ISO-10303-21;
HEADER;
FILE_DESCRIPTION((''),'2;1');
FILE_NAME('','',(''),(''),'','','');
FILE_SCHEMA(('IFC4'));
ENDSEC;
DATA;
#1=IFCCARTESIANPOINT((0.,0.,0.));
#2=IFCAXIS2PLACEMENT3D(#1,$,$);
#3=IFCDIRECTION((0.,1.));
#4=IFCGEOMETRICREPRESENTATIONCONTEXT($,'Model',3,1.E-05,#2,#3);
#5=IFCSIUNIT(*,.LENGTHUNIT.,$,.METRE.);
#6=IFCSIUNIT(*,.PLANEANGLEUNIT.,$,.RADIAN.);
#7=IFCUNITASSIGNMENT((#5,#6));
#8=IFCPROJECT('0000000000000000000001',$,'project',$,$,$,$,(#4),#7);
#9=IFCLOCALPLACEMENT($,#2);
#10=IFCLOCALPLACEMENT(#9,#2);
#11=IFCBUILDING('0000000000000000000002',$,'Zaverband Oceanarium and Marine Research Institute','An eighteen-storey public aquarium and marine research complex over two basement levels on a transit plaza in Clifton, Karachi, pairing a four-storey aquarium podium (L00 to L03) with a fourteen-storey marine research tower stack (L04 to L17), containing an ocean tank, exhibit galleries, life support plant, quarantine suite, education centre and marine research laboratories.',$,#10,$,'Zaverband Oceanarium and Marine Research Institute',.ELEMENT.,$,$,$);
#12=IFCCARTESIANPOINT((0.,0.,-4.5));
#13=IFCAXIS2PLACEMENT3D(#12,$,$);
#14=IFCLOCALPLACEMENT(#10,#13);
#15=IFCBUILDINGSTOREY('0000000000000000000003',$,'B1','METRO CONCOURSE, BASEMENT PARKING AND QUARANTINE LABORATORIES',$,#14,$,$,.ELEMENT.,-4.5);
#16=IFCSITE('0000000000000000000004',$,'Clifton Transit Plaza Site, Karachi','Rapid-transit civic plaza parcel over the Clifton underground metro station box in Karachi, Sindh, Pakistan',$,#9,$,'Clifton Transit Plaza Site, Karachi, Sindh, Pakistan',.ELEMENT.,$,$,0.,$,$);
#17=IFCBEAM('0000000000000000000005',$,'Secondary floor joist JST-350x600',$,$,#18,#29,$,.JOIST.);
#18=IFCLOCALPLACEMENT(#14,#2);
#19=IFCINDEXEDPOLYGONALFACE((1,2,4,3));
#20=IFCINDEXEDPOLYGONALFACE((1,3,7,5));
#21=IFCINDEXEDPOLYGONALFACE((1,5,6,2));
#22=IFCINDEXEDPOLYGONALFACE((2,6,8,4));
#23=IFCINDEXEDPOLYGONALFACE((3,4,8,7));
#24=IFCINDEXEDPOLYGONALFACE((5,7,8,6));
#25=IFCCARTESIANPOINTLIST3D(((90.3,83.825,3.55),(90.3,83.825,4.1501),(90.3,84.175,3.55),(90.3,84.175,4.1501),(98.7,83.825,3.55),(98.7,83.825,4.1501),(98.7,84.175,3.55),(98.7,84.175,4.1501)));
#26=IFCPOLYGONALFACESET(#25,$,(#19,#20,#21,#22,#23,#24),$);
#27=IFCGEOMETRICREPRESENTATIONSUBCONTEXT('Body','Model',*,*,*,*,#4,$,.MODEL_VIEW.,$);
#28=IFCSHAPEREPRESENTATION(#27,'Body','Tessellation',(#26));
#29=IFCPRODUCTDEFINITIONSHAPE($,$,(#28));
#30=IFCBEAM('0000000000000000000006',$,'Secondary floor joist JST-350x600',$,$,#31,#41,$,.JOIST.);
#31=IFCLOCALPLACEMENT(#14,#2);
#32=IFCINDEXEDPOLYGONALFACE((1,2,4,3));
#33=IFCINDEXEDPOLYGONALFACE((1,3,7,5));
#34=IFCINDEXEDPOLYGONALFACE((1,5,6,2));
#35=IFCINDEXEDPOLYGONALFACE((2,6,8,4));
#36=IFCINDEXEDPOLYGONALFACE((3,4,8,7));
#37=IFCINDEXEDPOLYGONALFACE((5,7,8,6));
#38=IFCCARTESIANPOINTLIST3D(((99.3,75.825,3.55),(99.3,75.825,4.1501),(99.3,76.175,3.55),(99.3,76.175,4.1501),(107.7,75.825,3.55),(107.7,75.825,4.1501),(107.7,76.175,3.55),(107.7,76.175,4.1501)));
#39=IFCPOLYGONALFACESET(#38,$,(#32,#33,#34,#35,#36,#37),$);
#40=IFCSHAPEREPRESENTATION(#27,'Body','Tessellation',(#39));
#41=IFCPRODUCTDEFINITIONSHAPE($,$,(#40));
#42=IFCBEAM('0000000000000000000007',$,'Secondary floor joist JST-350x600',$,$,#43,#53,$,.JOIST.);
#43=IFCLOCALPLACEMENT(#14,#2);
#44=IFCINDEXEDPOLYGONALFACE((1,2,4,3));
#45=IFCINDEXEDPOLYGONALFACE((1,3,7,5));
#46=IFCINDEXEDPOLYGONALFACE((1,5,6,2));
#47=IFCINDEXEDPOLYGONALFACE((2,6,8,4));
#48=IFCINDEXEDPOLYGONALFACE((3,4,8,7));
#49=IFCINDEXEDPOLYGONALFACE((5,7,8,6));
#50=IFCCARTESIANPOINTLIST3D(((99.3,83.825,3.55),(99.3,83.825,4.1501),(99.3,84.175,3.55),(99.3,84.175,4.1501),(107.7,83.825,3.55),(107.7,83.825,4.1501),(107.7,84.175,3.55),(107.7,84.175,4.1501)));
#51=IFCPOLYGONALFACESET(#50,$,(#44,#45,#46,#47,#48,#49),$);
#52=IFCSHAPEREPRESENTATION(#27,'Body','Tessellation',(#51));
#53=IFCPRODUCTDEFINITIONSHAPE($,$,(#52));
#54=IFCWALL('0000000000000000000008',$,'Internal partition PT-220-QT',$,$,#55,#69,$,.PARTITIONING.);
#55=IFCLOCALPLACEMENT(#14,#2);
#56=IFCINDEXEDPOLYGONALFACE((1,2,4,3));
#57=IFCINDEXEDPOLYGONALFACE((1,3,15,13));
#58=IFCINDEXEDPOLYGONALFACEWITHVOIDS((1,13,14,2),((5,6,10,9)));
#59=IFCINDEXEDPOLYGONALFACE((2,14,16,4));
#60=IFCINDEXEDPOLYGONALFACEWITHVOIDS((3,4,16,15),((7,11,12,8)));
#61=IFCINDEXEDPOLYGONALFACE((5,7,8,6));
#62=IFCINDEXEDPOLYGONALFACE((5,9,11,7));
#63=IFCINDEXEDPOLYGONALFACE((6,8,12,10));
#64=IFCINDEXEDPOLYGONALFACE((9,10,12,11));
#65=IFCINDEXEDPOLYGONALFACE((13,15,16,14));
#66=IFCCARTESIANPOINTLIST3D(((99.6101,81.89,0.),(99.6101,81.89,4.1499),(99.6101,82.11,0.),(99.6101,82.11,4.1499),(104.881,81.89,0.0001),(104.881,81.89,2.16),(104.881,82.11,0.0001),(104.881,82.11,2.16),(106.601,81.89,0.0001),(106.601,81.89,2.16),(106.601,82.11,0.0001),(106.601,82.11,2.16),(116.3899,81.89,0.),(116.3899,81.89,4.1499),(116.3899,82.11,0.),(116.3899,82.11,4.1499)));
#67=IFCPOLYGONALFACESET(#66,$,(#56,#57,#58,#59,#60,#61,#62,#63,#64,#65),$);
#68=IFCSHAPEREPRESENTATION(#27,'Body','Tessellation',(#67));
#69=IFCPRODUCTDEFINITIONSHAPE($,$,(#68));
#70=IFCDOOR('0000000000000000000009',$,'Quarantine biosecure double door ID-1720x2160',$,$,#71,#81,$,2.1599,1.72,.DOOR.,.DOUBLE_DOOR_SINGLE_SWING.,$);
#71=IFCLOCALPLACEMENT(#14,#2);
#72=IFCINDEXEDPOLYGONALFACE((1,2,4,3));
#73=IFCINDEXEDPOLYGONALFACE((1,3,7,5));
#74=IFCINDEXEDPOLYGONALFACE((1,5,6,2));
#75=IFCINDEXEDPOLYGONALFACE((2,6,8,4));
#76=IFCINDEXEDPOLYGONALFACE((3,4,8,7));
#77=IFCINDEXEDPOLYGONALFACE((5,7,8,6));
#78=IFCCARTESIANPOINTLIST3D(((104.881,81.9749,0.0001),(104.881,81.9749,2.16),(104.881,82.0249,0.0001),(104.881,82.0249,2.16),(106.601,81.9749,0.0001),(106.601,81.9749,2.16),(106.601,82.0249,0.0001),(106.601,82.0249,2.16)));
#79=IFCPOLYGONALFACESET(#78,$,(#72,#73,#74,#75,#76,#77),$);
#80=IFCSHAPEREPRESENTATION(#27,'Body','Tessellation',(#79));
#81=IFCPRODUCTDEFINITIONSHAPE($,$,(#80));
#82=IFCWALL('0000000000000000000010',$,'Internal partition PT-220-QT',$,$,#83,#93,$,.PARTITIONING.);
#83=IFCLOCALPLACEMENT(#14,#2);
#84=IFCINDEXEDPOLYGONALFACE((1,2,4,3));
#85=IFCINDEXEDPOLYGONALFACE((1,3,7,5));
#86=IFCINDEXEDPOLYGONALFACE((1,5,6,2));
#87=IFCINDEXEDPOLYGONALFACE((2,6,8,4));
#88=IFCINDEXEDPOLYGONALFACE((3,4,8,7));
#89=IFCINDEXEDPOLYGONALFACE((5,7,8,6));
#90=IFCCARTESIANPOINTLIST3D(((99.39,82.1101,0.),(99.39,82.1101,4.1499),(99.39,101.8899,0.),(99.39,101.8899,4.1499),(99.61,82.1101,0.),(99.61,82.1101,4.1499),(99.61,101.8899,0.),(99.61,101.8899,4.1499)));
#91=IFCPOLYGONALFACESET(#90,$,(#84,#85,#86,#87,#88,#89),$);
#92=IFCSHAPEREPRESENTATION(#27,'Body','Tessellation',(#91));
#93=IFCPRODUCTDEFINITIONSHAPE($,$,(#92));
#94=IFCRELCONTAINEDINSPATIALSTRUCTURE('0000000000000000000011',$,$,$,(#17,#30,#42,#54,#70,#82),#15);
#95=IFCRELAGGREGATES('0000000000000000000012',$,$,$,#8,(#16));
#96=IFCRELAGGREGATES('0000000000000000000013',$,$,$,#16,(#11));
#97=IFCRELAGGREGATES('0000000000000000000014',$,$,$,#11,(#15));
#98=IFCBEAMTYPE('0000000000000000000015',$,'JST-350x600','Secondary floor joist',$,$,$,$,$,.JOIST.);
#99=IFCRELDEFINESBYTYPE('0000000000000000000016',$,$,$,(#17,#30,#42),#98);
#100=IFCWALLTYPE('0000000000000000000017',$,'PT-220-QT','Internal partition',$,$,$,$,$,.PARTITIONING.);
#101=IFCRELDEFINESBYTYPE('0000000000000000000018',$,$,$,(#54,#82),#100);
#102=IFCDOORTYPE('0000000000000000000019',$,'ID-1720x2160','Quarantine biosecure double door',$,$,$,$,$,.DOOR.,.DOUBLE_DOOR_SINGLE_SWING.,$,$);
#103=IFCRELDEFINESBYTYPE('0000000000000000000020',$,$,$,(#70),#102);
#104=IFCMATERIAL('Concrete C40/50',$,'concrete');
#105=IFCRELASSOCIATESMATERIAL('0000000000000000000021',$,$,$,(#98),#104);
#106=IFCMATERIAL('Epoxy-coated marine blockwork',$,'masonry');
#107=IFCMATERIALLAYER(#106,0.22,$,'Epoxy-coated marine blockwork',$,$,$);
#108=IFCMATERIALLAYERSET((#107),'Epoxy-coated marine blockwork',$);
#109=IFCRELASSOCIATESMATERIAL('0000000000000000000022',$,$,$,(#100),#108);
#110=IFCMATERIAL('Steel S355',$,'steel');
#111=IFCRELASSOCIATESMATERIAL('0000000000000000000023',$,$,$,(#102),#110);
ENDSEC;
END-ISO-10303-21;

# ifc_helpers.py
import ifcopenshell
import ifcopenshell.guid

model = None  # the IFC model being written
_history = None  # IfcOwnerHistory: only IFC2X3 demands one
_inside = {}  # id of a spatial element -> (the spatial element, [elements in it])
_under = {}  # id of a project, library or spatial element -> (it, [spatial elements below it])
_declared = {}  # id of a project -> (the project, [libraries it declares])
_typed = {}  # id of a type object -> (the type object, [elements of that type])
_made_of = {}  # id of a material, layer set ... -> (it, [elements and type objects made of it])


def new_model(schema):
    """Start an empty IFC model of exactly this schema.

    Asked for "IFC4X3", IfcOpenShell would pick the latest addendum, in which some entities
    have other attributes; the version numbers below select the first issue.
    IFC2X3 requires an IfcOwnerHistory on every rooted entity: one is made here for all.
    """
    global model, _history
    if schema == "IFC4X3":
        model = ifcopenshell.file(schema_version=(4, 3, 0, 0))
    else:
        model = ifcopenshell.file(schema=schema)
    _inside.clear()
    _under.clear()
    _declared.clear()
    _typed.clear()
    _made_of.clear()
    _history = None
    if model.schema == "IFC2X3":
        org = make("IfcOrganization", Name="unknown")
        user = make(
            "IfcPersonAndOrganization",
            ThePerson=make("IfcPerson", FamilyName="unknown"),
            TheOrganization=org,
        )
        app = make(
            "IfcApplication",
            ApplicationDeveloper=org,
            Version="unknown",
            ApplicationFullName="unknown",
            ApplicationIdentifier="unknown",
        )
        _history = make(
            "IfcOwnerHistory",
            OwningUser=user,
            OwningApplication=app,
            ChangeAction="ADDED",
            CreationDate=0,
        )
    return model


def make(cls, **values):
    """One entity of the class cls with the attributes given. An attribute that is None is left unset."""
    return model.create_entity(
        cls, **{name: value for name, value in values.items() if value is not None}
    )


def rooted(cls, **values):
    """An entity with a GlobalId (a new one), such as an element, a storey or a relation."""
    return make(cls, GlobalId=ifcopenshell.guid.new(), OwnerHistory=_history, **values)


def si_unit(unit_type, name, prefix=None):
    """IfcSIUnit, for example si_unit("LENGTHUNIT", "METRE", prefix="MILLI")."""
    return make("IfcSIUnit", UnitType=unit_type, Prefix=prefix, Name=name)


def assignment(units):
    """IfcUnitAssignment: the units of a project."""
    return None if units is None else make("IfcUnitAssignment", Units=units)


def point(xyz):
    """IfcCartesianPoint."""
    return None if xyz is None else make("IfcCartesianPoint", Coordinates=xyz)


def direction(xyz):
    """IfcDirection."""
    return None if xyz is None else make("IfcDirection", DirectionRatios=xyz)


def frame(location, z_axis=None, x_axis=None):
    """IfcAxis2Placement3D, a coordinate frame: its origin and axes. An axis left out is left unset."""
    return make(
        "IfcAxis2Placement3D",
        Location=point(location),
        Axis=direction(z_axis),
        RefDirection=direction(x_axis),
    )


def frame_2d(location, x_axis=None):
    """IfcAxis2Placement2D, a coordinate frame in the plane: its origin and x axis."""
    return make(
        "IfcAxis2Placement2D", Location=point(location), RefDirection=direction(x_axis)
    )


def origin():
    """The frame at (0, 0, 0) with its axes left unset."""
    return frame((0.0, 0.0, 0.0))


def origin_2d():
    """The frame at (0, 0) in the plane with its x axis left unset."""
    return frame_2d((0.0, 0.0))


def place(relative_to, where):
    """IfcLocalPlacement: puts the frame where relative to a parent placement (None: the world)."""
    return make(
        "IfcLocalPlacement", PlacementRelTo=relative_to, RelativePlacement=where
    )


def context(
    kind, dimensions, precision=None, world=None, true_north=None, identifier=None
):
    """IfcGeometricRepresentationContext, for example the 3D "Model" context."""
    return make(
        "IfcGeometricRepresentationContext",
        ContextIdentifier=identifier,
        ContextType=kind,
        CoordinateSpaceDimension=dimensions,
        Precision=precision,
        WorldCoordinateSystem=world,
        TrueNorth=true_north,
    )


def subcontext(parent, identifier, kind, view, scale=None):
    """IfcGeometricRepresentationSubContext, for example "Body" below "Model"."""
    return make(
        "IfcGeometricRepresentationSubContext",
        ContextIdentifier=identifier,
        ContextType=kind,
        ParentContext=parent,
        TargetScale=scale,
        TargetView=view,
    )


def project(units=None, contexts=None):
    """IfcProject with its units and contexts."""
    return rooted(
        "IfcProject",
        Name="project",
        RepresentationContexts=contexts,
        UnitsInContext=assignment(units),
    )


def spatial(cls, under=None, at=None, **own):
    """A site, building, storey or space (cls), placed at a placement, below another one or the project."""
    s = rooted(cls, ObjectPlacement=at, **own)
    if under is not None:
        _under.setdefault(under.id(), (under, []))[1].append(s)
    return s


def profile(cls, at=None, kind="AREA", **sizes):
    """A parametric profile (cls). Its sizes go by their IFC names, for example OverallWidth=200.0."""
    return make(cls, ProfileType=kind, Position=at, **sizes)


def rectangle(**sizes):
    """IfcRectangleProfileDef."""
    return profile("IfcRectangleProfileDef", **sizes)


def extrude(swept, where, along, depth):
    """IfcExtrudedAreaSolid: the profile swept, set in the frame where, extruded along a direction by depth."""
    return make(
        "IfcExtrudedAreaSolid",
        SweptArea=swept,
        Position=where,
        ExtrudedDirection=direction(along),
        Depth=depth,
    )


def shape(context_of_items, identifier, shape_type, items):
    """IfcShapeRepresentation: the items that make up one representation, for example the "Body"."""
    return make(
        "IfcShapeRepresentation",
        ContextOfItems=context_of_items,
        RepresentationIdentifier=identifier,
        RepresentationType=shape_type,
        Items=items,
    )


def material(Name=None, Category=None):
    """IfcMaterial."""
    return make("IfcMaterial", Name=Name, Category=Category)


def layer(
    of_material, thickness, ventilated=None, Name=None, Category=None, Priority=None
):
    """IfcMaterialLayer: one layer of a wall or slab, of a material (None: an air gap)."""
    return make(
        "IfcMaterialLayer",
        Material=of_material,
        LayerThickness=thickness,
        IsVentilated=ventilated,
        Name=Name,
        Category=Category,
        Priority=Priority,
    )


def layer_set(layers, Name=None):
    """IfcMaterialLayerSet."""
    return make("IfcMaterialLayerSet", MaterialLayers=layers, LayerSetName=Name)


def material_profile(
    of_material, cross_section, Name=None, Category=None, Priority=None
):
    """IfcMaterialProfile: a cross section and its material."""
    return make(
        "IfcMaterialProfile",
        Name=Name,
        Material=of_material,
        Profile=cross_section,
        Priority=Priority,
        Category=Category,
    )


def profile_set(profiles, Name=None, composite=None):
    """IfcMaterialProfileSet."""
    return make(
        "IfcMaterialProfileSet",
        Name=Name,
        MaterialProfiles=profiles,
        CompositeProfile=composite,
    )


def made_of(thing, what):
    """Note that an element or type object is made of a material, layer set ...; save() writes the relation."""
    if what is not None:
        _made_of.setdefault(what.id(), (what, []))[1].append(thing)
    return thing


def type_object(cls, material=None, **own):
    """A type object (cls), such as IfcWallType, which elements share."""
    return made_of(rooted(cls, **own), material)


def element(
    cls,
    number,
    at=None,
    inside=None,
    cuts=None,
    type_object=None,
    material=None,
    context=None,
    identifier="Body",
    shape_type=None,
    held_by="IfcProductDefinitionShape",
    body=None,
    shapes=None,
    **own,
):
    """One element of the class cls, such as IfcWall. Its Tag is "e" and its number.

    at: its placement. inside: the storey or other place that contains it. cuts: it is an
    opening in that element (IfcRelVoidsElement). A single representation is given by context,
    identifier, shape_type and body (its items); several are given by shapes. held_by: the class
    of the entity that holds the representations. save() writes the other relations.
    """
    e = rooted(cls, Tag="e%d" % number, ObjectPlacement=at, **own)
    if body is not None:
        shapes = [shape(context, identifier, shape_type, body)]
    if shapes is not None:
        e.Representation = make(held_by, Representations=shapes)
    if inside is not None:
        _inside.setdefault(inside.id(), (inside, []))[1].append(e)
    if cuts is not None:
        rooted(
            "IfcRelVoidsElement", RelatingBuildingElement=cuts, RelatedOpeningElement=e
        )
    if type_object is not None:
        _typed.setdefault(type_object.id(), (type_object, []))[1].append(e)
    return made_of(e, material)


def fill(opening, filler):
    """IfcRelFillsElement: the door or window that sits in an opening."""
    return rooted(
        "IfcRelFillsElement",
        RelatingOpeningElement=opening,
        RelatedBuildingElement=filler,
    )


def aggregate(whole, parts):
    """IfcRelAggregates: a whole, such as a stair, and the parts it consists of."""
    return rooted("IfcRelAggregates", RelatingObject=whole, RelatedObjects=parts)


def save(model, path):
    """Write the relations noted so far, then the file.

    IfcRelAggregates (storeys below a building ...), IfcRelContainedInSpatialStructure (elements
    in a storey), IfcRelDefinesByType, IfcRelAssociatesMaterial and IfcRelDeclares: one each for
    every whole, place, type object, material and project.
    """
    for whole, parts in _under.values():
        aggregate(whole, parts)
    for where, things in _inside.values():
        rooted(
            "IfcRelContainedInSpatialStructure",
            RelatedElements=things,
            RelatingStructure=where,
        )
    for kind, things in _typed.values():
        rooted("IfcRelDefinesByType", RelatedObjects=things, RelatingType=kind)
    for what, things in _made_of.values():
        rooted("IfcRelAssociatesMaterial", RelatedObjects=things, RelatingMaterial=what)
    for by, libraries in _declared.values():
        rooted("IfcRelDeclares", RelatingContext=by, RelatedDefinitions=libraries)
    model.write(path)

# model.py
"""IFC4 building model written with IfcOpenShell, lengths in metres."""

from ifc_helpers import new_model, si_unit, direction, frame, frame_2d, origin, origin_2d, place, context, subcontext, project, spatial, rectangle, extrude, material, layer, layer_set, material_profile, profile_set, type_object, element, fill, save


model = new_model("IFC4")

# Units and contexts
model_context = context("Model", 3, precision=1e-05, world=origin(), true_north=direction((0.0, 1.0)))
body_context = subcontext(model_context, "Body", "Model", "MODEL_VIEW")
ifc_project = project(units=[si_unit("LENGTHUNIT", "METRE"), si_unit("PLANEANGLEUNIT", "RADIAN")], contexts=[model_context])

# Site, building, storey
site_placement = place(None, origin())
site = spatial("IfcSite", under=ifc_project, at=site_placement, Name="Clifton Transit Plaza Site, Karachi", Description="Rapid-transit civic plaza parcel over the Clifton underground metro station box in Karachi, Sindh, Pakistan", LongName="Clifton Transit Plaza Site, Karachi, Sindh, Pakistan", CompositionType="ELEMENT", RefElevation=0.0)
building_placement = place(site_placement, origin())
building = spatial("IfcBuilding", under=site, at=building_placement, Name="Zaverband Oceanarium and Marine Research Institute", Description="An eighteen-storey public aquarium and marine research complex over two basement levels on a transit plaza in Clifton, Karachi, pairing a four-storey aquarium podium (L00 to L03) with a fourteen-storey marine research tower stack (L04 to L17), containing an ocean tank, exhibit galleries, life support plant, quarantine suite, education centre and marine research laboratories.", LongName="Zaverband Oceanarium and Marine Research Institute", CompositionType="ELEMENT")
storey_placement = place(building_placement, frame((0.0, 0.0, -4.5)))
storey = spatial("IfcBuildingStorey", under=building, at=storey_placement, Name="B1", Description="METRO CONCOURSE, BASEMENT PARKING AND QUARANTINE LABORATORIES", CompositionType="ELEMENT", Elevation=-4.5)

# Beams
ifc_material_1 = material(Name="Concrete C40/50", Category="concrete")
ifc_material_profile_1 = material_profile(ifc_material_1, rectangle(XDim=0.3501, YDim=0.6001, at=origin_2d()), Name="RC350x600")
ifc_profile_set_1 = profile_set([ifc_material_profile_1], Name="Concrete C40/50")
beam_type_1 = type_object("IfcBeamType", Name="JST-350x600", Description="Secondary floor joist", PredefinedType="JOIST", material=ifc_profile_set_1)
for number, where, z_axis, x_axis, name in (
    (1, (90.3, 84.0, 3.8501), (1.0, 0.0, 0.0), (0.0, 1.0, 0.0), "Secondary floor joist JST-350x600"),
    (2, (99.3, 76.0, 3.8501), (1.0, 0.0, 0.0), (0.0, 1.0, 0.0), "Secondary floor joist JST-350x600"),
    (3, (99.3, 84.0, 3.8501), (1.0, 0.0, 0.0), (0.0, 1.0, 0.0), "Secondary floor joist JST-350x600"),
):
    element("IfcBeam", number, at=place(storey_placement, frame(where, z_axis=z_axis, x_axis=x_axis)), inside=storey, type_object=beam_type_1, Name=name, PredefinedType="JOIST", context=body_context, shape_type="SweptSolid", body=[
        extrude(rectangle(XDim=0.3501, YDim=0.6001, at=origin_2d()), origin(), (0.0, 0.0, 1.0), 8.3999),
    ])

# Wall, opening, door
ifc_material_2 = material(Name="Epoxy-coated marine blockwork", Category="masonry")
ifc_layer = layer(ifc_material_2, 0.22, Name="Epoxy-coated marine blockwork")
ifc_layer_set = layer_set([ifc_layer], Name="Epoxy-coated marine blockwork")
wall_type = type_object("IfcWallType", Name="PT-220-QT", Description="Internal partition", PredefinedType="PARTITIONING", material=ifc_layer_set)
wall_1_placement = place(storey_placement, frame((99.6101, 82.0, 0.0), z_axis=(0.0, 0.0, 1.0), x_axis=(1.0, 0.0, 0.0)))
wall_1 = element("IfcWall", 4, at=wall_1_placement, inside=storey, type_object=wall_type, Name="Internal partition PT-220-QT", PredefinedType="PARTITIONING", context=body_context, shape_type="SweptSolid", body=[
    extrude(rectangle(XDim=16.7798, YDim=0.22, at=frame_2d((8.3899, 0.0))), origin(), (0.0, 0.0, 1.0), 4.1499),
])
opening_placement = place(wall_1_placement, frame((5.271, 0.0, 0.0)))
opening = element("IfcOpeningElement", 5, at=opening_placement, cuts=wall_1, PredefinedType="OPENING", context=body_context, shape_type="SweptSolid", body=[
    extrude(rectangle(XDim=1.72, YDim=2.1599, at=frame_2d((0.8599, 1.0801))), frame((0.0, 0.1221, 0.0), z_axis=(0.0, -1.0, 0.0), x_axis=(1.0, 0.0, 0.0)), (0.0, 0.0, 1.0), 0.2439),
])
ifc_material_3 = material(Name="Steel S355", Category="steel")
door_type = type_object("IfcDoorType", Name="ID-1720x2160", Description="Quarantine biosecure double door", OperationType="DOUBLE_DOOR_SINGLE_SWING", PredefinedType="DOOR", material=ifc_material_3)
door_placement = place(opening_placement, origin())
door = element("IfcDoor", 6, at=door_placement, inside=storey, type_object=door_type, Name="Quarantine biosecure double door ID-1720x2160", OperationType="DOUBLE_DOOR_SINGLE_SWING", OverallHeight=2.1599, OverallWidth=1.72, PredefinedType="DOOR", context=body_context, shape_type="SweptSolid", body=[
    extrude(rectangle(XDim=1.72, YDim=2.1599, at=frame_2d((0.8599, 1.0801))), frame((0.0, 0.0249, 0.0), z_axis=(0.0, -1.0, 0.0), x_axis=(1.0, 0.0, 0.0)), (0.0, 0.0, 1.0), 0.05),
])
fill(opening, door)

# Wall
wall_2_placement = place(storey_placement, frame((99.5, 82.1101, 0.0), z_axis=(0.0, 0.0, 1.0), x_axis=(0.0, 1.0, 0.0)))
element("IfcWall", 7, at=wall_2_placement, inside=storey, type_object=wall_type, Name="Internal partition PT-220-QT", PredefinedType="PARTITIONING", context=body_context, shape_type="SweptSolid", body=[
    extrude(rectangle(XDim=19.7798, YDim=0.22, at=frame_2d((9.8899, 0.0))), origin(), (0.0, 0.0, 1.0), 4.1499),
])

save(model, "model.ifc")
